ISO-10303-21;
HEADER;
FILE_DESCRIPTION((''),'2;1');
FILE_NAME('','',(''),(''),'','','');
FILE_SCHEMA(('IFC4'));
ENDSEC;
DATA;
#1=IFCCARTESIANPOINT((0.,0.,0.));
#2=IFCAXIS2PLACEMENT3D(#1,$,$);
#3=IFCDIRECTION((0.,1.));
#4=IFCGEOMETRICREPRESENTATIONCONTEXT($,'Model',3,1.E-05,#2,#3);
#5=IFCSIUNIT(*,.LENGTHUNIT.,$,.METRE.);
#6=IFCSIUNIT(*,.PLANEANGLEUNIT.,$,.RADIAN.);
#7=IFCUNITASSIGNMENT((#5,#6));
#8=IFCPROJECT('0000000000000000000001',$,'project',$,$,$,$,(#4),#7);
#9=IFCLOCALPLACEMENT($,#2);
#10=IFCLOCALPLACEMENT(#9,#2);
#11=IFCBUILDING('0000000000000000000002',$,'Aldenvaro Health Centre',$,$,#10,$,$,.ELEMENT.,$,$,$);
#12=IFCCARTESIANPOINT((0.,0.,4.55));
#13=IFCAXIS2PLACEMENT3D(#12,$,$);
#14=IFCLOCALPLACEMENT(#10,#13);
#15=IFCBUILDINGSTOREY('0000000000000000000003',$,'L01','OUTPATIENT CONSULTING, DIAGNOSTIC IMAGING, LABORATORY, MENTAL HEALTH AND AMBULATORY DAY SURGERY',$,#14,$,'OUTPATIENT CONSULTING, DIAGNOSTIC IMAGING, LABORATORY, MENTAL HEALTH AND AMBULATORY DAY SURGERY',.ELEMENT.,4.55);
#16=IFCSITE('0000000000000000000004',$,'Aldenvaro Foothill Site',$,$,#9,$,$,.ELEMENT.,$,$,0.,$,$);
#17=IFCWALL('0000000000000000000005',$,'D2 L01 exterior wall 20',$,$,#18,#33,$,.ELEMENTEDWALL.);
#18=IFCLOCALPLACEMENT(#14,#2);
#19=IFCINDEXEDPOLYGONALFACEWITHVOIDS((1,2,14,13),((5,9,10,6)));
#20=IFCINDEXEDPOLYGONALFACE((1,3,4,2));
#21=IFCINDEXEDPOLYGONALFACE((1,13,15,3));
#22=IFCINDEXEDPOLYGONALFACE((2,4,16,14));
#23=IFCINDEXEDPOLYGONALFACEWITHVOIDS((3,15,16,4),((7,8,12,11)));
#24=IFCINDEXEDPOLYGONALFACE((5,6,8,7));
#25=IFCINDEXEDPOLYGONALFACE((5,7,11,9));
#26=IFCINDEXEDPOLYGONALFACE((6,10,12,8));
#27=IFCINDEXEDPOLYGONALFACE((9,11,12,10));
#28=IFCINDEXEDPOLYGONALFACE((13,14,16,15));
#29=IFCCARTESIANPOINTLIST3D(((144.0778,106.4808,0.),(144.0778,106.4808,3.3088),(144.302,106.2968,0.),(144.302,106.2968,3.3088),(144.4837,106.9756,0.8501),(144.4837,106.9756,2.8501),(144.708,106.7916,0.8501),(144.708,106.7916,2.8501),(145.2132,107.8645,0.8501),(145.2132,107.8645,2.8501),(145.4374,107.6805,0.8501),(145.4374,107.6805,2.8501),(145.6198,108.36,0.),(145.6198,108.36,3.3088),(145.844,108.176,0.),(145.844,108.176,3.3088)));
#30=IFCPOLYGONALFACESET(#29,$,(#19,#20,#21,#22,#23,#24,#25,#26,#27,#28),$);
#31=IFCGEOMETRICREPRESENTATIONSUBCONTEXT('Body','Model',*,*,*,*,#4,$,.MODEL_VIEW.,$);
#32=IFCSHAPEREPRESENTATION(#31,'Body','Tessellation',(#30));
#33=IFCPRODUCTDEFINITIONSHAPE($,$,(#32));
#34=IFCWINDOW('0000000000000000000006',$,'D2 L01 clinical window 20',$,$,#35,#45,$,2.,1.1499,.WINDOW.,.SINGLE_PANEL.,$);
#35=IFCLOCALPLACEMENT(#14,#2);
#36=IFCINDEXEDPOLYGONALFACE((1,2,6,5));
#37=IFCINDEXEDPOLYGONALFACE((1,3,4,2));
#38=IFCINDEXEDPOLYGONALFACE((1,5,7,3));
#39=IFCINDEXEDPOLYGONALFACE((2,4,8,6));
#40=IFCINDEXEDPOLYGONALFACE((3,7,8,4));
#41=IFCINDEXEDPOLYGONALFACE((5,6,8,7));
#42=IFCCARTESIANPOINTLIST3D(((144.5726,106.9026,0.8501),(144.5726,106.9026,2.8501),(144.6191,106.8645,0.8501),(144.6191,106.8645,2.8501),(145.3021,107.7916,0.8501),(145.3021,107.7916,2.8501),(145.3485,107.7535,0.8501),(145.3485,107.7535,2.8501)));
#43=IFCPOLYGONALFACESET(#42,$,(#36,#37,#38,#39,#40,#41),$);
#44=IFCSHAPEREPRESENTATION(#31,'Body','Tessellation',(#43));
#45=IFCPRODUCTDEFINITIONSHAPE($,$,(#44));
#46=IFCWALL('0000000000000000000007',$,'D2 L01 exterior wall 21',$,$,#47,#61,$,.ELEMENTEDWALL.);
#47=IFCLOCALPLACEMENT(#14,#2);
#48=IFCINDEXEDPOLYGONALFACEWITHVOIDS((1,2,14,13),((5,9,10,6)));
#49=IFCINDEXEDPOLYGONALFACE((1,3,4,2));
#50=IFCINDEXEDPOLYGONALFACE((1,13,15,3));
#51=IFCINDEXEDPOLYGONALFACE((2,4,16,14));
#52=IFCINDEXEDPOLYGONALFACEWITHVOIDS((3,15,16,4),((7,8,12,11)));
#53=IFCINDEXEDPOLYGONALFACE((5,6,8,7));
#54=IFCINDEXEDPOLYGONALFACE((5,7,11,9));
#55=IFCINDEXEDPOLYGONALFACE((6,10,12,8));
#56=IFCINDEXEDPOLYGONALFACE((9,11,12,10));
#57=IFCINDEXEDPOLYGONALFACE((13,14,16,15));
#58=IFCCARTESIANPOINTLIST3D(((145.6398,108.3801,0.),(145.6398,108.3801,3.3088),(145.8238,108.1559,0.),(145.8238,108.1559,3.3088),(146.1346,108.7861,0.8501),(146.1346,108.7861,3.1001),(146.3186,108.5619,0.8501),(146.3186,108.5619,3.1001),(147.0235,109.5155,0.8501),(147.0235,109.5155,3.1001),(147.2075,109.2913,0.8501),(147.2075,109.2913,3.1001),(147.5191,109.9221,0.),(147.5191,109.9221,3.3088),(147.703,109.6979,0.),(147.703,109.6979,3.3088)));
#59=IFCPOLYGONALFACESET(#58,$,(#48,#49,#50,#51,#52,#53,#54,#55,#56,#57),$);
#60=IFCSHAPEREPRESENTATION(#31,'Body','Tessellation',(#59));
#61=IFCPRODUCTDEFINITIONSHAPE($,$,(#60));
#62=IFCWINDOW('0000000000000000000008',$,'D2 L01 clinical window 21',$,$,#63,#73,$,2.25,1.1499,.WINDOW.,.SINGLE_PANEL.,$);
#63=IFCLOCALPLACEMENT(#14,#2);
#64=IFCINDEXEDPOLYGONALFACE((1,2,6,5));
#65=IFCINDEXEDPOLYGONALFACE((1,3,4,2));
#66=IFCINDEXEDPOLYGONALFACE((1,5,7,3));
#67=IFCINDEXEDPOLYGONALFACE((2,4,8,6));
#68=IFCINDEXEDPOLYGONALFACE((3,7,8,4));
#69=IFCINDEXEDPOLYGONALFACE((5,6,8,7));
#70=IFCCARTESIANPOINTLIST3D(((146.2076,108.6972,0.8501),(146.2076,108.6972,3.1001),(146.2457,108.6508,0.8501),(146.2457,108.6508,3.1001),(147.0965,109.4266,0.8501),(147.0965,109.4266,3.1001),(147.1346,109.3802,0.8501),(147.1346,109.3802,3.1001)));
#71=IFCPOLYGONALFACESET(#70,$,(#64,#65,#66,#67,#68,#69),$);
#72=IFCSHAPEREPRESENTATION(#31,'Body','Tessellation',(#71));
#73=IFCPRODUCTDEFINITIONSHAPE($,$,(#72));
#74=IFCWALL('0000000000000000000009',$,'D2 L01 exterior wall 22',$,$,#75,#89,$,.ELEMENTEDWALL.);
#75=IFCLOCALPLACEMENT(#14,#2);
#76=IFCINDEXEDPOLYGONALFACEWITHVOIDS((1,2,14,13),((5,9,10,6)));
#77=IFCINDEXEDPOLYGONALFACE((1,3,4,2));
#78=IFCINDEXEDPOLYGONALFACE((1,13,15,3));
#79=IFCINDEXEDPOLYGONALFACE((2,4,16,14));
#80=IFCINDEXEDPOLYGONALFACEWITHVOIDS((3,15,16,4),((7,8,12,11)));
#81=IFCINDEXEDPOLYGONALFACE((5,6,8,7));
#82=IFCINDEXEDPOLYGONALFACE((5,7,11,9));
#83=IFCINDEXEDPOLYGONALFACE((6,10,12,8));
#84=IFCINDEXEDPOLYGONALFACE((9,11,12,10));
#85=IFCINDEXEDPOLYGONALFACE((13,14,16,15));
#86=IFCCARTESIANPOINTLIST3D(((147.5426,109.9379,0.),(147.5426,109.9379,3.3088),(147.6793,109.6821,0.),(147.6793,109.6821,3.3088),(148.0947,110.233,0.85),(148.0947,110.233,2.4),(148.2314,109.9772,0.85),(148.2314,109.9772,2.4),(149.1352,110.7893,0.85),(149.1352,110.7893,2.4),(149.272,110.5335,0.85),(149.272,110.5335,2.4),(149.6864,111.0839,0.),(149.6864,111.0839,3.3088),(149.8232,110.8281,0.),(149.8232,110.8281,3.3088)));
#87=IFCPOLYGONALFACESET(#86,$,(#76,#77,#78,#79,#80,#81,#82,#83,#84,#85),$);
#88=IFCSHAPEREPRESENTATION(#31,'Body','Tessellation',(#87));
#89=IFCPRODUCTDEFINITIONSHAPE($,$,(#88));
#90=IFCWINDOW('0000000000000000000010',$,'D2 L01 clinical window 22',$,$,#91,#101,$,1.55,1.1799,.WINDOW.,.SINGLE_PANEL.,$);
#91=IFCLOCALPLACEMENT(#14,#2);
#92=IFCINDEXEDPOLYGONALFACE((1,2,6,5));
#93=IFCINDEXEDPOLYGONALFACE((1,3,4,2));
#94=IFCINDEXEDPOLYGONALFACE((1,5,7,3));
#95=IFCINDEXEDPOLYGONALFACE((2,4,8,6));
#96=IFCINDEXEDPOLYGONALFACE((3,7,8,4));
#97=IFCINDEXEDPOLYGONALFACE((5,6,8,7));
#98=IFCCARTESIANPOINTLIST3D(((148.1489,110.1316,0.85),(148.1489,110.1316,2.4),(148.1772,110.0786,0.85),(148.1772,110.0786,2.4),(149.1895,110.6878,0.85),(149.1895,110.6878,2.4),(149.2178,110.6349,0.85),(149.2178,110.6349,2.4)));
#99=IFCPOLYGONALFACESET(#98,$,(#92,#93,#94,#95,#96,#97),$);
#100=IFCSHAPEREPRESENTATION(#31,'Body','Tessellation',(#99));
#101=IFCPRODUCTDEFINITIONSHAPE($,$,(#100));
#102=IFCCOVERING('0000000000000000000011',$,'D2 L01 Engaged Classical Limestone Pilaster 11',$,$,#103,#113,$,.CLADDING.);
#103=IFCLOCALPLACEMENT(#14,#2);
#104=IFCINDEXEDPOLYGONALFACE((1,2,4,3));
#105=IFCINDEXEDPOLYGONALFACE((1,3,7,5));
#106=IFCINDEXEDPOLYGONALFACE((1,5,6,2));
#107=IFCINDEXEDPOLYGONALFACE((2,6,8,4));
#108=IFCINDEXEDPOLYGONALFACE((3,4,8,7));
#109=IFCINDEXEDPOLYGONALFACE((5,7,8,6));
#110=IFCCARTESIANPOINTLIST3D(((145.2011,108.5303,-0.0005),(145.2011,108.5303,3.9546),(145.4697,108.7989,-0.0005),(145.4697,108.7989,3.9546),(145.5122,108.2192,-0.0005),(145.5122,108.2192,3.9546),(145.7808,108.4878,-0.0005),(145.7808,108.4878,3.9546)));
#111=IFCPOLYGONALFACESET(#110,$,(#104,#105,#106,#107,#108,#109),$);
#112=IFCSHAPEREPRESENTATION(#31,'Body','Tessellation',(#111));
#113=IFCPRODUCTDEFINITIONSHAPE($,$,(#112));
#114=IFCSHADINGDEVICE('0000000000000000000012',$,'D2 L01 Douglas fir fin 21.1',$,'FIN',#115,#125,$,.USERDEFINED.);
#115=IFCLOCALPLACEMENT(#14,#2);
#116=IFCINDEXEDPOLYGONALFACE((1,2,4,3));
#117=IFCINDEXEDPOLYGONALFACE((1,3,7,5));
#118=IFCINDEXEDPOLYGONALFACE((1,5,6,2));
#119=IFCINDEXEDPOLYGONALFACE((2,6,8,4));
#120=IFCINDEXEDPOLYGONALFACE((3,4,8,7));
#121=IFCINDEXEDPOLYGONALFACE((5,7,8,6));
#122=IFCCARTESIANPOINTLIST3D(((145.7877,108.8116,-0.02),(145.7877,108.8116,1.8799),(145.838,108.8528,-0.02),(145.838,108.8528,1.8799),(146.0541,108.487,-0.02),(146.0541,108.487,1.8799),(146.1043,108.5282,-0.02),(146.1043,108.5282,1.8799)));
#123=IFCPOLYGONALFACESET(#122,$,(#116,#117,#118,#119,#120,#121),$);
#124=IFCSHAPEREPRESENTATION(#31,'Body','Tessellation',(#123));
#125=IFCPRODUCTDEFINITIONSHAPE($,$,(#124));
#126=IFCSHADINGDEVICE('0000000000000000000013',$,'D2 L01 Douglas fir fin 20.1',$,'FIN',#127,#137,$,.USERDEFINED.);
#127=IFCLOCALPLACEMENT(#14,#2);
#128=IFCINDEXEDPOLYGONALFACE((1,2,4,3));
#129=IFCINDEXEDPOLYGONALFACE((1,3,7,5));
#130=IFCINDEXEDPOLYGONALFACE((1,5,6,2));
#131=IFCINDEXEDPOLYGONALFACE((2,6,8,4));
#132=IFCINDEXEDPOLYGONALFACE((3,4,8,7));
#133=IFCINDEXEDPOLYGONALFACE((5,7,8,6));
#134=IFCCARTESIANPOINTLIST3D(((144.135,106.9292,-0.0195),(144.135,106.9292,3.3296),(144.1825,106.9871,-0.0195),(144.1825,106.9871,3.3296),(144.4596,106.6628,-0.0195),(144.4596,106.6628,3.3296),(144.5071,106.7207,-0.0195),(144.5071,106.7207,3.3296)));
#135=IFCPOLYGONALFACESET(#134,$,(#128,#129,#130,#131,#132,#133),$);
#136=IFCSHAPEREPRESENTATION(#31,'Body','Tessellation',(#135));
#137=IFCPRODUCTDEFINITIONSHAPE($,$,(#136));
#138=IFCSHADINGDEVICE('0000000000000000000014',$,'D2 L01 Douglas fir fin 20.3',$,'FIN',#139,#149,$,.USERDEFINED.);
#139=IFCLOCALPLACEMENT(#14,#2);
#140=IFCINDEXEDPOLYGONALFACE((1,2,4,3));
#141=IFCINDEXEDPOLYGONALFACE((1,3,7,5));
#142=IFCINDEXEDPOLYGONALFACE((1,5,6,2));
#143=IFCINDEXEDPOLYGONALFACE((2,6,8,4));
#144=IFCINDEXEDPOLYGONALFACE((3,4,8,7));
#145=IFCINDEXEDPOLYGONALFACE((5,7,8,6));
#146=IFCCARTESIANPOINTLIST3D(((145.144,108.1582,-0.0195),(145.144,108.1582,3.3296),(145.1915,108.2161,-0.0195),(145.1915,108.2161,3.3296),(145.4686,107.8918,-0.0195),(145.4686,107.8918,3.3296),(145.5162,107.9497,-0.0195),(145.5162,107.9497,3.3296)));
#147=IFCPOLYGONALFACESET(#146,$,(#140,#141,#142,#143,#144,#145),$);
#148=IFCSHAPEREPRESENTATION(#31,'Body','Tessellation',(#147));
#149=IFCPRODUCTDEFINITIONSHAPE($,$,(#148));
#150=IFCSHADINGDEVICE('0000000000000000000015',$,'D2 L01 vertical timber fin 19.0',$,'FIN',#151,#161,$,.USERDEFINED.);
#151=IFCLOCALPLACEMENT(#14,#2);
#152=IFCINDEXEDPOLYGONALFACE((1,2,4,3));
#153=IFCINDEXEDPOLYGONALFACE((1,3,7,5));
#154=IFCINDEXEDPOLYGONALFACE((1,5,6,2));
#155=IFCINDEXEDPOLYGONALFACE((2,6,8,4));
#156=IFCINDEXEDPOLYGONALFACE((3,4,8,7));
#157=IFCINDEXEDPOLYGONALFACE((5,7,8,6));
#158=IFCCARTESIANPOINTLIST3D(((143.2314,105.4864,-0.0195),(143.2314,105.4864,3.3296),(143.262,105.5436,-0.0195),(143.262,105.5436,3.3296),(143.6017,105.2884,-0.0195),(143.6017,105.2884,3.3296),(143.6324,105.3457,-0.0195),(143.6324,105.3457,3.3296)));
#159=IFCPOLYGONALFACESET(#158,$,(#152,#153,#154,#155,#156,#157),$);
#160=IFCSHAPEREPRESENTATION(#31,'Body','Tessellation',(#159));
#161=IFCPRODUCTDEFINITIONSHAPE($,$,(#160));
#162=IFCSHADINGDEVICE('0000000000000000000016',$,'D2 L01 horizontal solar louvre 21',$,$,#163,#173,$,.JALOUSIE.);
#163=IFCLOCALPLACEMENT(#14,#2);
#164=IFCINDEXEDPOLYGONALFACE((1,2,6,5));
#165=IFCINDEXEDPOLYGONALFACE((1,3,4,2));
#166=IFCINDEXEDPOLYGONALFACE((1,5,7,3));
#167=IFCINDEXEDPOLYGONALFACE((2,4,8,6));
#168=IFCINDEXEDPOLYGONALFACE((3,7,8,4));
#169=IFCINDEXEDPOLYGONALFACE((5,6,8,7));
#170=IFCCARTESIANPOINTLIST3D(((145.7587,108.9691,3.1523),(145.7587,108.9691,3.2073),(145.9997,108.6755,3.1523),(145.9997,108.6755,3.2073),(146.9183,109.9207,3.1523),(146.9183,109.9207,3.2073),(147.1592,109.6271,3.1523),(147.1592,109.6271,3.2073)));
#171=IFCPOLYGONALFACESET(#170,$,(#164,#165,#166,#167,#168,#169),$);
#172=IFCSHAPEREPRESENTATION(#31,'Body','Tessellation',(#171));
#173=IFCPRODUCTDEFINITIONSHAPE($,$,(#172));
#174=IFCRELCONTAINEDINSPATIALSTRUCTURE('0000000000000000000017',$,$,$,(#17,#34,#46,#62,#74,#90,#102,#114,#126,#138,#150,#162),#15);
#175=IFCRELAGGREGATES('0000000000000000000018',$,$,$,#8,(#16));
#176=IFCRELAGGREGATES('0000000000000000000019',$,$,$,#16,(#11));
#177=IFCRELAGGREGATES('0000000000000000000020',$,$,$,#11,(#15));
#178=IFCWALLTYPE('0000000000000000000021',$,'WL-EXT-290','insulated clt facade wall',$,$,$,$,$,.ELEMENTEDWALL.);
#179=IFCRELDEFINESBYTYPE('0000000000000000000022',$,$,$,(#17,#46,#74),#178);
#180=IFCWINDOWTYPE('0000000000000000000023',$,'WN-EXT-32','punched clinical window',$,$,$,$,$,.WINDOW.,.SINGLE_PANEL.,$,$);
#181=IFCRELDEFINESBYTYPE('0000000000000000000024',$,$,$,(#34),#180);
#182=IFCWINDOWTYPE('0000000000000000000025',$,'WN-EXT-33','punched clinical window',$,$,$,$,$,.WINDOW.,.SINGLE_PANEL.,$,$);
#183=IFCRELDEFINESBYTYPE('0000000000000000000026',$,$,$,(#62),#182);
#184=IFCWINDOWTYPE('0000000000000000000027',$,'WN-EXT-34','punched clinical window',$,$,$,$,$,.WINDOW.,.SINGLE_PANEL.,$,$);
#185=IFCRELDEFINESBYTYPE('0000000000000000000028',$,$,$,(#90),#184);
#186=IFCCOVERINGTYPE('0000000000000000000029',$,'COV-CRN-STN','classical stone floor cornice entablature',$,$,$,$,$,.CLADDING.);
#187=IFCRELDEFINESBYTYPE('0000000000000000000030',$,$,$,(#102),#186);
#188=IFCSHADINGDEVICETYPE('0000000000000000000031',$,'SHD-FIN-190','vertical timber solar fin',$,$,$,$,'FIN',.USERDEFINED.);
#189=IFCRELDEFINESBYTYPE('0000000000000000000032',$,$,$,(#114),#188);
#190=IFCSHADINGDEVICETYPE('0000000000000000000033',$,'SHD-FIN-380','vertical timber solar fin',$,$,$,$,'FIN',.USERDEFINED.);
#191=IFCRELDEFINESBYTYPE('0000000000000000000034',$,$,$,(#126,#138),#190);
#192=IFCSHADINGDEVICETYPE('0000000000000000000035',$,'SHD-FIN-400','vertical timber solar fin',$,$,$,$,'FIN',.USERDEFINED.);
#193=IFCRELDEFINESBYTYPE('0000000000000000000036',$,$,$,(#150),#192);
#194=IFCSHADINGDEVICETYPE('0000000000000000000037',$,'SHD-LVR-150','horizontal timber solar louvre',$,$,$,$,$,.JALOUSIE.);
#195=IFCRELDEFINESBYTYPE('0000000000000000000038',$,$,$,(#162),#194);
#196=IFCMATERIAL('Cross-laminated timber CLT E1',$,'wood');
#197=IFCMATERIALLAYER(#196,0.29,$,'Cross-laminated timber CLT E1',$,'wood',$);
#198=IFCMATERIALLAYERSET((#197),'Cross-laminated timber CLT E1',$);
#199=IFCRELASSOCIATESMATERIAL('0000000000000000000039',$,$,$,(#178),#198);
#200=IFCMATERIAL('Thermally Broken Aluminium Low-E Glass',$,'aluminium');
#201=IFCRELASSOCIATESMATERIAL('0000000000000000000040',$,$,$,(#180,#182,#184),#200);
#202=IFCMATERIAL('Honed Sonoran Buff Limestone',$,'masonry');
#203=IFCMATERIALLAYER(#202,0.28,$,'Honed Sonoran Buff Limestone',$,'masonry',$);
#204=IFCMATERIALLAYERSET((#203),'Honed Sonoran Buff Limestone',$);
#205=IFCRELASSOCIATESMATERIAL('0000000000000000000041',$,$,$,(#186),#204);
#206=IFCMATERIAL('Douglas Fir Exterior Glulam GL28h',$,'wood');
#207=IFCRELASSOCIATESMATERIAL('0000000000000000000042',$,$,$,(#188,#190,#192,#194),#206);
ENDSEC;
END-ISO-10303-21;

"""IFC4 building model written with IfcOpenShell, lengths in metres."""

from ifc_helpers import new_model, si_unit, direction, frame, frame_2d, origin, origin_2d, place, context, subcontext, project, spatial, rectangle, extrude, material, layer, layer_set, type_object, element, fill, save


model = new_model("IFC4")

# Units and contexts
model_context = context("Model", 3, precision=1e-05, world=origin(), true_north=direction((0.0, 1.0)))
body_context = subcontext(model_context, "Body", "Model", "MODEL_VIEW")
ifc_project = project(units=[si_unit("LENGTHUNIT", "METRE"), si_unit("PLANEANGLEUNIT", "RADIAN")], contexts=[model_context])

# Site, building, storey
site_placement = place(None, origin())
site = spatial("IfcSite", under=ifc_project, at=site_placement, Name="Aldenvaro Foothill Site", CompositionType="ELEMENT", RefElevation=0.0)
building_placement = place(site_placement, origin())
building = spatial("IfcBuilding", under=site, at=building_placement, Name="Aldenvaro Health Centre", CompositionType="ELEMENT")
storey_placement = place(building_placement, frame((0.0, 0.0, 4.55)))
storey = spatial("IfcBuildingStorey", under=building, at=storey_placement, Name="L01", Description="OUTPATIENT CONSULTING, DIAGNOSTIC IMAGING, LABORATORY, MENTAL HEALTH AND AMBULATORY DAY SURGERY", LongName="OUTPATIENT CONSULTING, DIAGNOSTIC IMAGING, LABORATORY, MENTAL HEALTH AND AMBULATORY DAY SURGERY", CompositionType="ELEMENT", Elevation=4.55)

# Walls, openings, windows
ifc_material_1 = material(Name="Cross-laminated timber CLT E1", Category="wood")
ifc_layer_1 = layer(ifc_material_1, 0.29, Name="Cross-laminated timber CLT E1", Category="wood")
ifc_layer_set_1 = layer_set([ifc_layer_1], Name="Cross-laminated timber CLT E1")
wall_type = type_object("IfcWallType", Name="WL-EXT-290", Description="insulated clt facade wall", PredefinedType="ELEMENTEDWALL", material=ifc_layer_set_1)
wall_1_placement = place(storey_placement, frame((144.1899, 106.3889, 0.0), z_axis=(0.0, 0.0, 1.0), x_axis=(0.634347, 0.773048, 0.0)))
wall_1 = element("IfcWall", 1, at=wall_1_placement, inside=storey, type_object=wall_type, Name="D2 L01 exterior wall 20", PredefinedType="ELEMENTEDWALL", context=body_context, shape_type="SweptSolid", body=[
    extrude(rectangle(XDim=2.4309, YDim=0.29, at=frame_2d((1.2153, 0.0))), origin(), (0.0, 0.0, 1.0), 3.3088),
])
opening_1_placement = place(wall_1_placement, frame((0.6399, 0.0, 0.8501)))
opening_1 = element("IfcOpeningElement", 2, at=opening_1_placement, cuts=wall_1, PredefinedType="OPENING", context=body_context, shape_type="SweptSolid", body=[
    extrude(rectangle(XDim=1.1499, YDim=2.0, at=frame_2d((0.575, 1.0))), frame((0.0, 0.155, 0.0), z_axis=(0.0, -1.0, 0.0), x_axis=(1.0, 0.0, 0.0)), (0.0, 0.0, 1.0), 0.3101),
])
ifc_material_2 = material(Name="Thermally Broken Aluminium Low-E Glass", Category="aluminium")
window_type_1 = type_object("IfcWindowType", Name="WN-EXT-32", Description="punched clinical window", PartitioningType="SINGLE_PANEL", PredefinedType="WINDOW", material=ifc_material_2)
window_1_placement = place(opening_1_placement, origin())
window_1 = element("IfcWindow", 3, at=window_1_placement, inside=storey, type_object=window_type_1, Name="D2 L01 clinical window 20", OverallHeight=2.0, OverallWidth=1.1499, PartitioningType="SINGLE_PANEL", PredefinedType="WINDOW", context=body_context, shape_type="SweptSolid", body=[
    extrude(rectangle(XDim=1.1499, YDim=2.0, at=frame_2d((0.575, 1.0))), frame((0.0, 0.03, 0.0), z_axis=(0.0, -1.0, 0.0), x_axis=(1.0, 0.0, 0.0)), (0.0, 0.0, 1.0), 0.0601),
])
fill(opening_1, window_1)
wall_2_placement = place(storey_placement, frame((145.7319, 108.2681, 0.0), z_axis=(0.0, 0.0, 1.0), x_axis=(0.773048, 0.634347, 0.0)))
wall_2 = element("IfcWall", 4, at=wall_2_placement, inside=storey, type_object=wall_type, Name="D2 L01 exterior wall 21", PredefinedType="ELEMENTEDWALL", context=body_context, shape_type="SweptSolid", body=[
    extrude(rectangle(XDim=2.4309, YDim=0.29, at=frame_2d((1.2153, 0.0))), origin(), (0.0, 0.0, 1.0), 3.3088),
])
opening_2_placement = place(wall_2_placement, frame((0.6399, 0.0, 0.8501)))
opening_2 = element("IfcOpeningElement", 5, at=opening_2_placement, cuts=wall_2, PredefinedType="OPENING", context=body_context, shape_type="SweptSolid", body=[
    extrude(rectangle(XDim=1.1499, YDim=2.25, at=frame_2d((0.575, 1.125))), frame((0.0, 0.155, 0.0), z_axis=(0.0, -1.0, 0.0), x_axis=(1.0, 0.0, 0.0)), (0.0, 0.0, 1.0), 0.3101),
])
window_type_2 = type_object("IfcWindowType", Name="WN-EXT-33", Description="punched clinical window", PartitioningType="SINGLE_PANEL", PredefinedType="WINDOW", material=ifc_material_2)
window_2_placement = place(opening_2_placement, origin())
window_2 = element("IfcWindow", 6, at=window_2_placement, inside=storey, type_object=window_type_2, Name="D2 L01 clinical window 21", OverallHeight=2.25, OverallWidth=1.1499, PartitioningType="SINGLE_PANEL", PredefinedType="WINDOW", context=body_context, shape_type="SweptSolid", body=[
    extrude(rectangle(XDim=1.1499, YDim=2.25, at=frame_2d((0.575, 1.125))), frame((0.0, 0.03, 0.0), z_axis=(0.0, -1.0, 0.0), x_axis=(1.0, 0.0, 0.0)), (0.0, 0.0, 1.0), 0.0601),
])
fill(opening_2, window_2)
wall_3_placement = place(storey_placement, frame((147.6111, 109.8101, 0.0), z_axis=(0.0, 0.0, 1.0), x_axis=(0.881902, 0.471432, 0.0)))
wall_3 = element("IfcWall", 7, at=wall_3_placement, inside=storey, type_object=wall_type, Name="D2 L01 exterior wall 22", PredefinedType="ELEMENTEDWALL", context=body_context, shape_type="SweptSolid", body=[
    extrude(rectangle(XDim=2.4309, YDim=0.29, at=frame_2d((1.2153, 0.0))), origin(), (0.0, 0.0, 1.0), 3.3088),
])
opening_3_placement = place(wall_3_placement, frame((0.626, 0.0, 0.8501)))
opening_3 = element("IfcOpeningElement", 8, at=opening_3_placement, cuts=wall_3, PredefinedType="OPENING", context=body_context, shape_type="SweptSolid", body=[
    extrude(rectangle(XDim=1.1799, YDim=1.55, at=frame_2d((0.5898, 0.7749))), frame((0.0, 0.155, 0.0), z_axis=(0.0, -1.0, 0.0), x_axis=(1.0, 0.0, 0.0)), (0.0, 0.0, 1.0), 0.3101),
])
window_type_3 = type_object("IfcWindowType", Name="WN-EXT-34", Description="punched clinical window", PartitioningType="SINGLE_PANEL", PredefinedType="WINDOW", material=ifc_material_2)
window_3_placement = place(opening_3_placement, origin())
window_3 = element("IfcWindow", 9, at=window_3_placement, inside=storey, type_object=window_type_3, Name="D2 L01 clinical window 22", OverallHeight=1.55, OverallWidth=1.1799, PartitioningType="SINGLE_PANEL", PredefinedType="WINDOW", context=body_context, shape_type="SweptSolid", body=[
    extrude(rectangle(XDim=1.1799, YDim=1.55, at=frame_2d((0.5898, 0.7749))), frame((0.0, 0.03, 0.0), z_axis=(0.0, -1.0, 0.0), x_axis=(1.0, 0.0, 0.0)), (0.0, 0.0, 1.0), 0.0601),
])
fill(opening_3, window_3)

# Covering
ifc_material_3 = material(Name="Honed Sonoran Buff Limestone", Category="masonry")
ifc_layer_2 = layer(ifc_material_3, 0.28, Name="Honed Sonoran Buff Limestone", Category="masonry")
ifc_layer_set_2 = layer_set([ifc_layer_2], Name="Honed Sonoran Buff Limestone")
covering_type = type_object("IfcCoveringType", Name="COV-CRN-STN", Description="classical stone floor cornice entablature", PredefinedType="CLADDING", material=ifc_layer_set_2)
covering_placement = place(storey_placement, frame((145.491, 108.509, -0.0005), z_axis=(0.0, 0.0, 1.0), x_axis=(-0.707107, 0.707107, 0.0)))
element("IfcCovering", 10, at=covering_placement, inside=storey, type_object=covering_type, Name="D2 L01 Engaged Classical Limestone Pilaster 11", PredefinedType="CLADDING", context=body_context, shape_type="SweptSolid", body=[
    extrude(rectangle(XDim=0.4399, YDim=0.3799, at=origin_2d()), origin(), (0.0, 0.0, 1.0), 3.9551),
])

# Shading devices
ifc_material_4 = material(Name="Douglas Fir Exterior Glulam GL28h", Category="wood")
shading_device_type_1 = type_object("IfcShadingDeviceType", Name="SHD-FIN-190", Description="vertical timber solar fin", ElementType="FIN", PredefinedType="USERDEFINED", material=ifc_material_4)
shading_device_1_placement = place(storey_placement, frame((145.946, 108.6699, -0.02), z_axis=(0.0, 0.0, 1.0), x_axis=(0.773022, 0.63438, 0.0)))
element("IfcShadingDevice", 11, at=shading_device_1_placement, inside=storey, type_object=shading_device_type_1, Name="D2 L01 Douglas fir fin 21.1", ObjectType="FIN", PredefinedType="USERDEFINED", context=body_context, shape_type="SweptSolid", body=[
    extrude(rectangle(XDim=0.0649, YDim=0.4199, at=origin_2d()), origin(), (0.0, 0.0, 1.0), 1.8999),
])
shading_device_type_2 = type_object("IfcShadingDeviceType", Name="SHD-FIN-380", Description="vertical timber solar fin", ElementType="FIN", PredefinedType="USERDEFINED", material=ifc_material_4)
for number, where, z_axis, x_axis, name in (
    (12, (144.321, 106.825, -0.0195), (0.0, 0.0, 1.0), (0.63438, 0.773022, 0.0), "D2 L01 Douglas fir fin 20.1"),
    (13, (145.3301, 108.054, -0.0195), (0.0, 0.0, 1.0), (0.63438, 0.773022, 0.0), "D2 L01 Douglas fir fin 20.3"),
):
    element("IfcShadingDevice", number, at=place(storey_placement, frame(where, z_axis=z_axis, x_axis=x_axis)), inside=storey, type_object=shading_device_type_2, Name=name, ObjectType="FIN", PredefinedType="USERDEFINED", context=body_context, shape_type="SweptSolid", body=[
        extrude(rectangle(XDim=0.075, YDim=0.4199, at=origin_2d()), origin(), (0.0, 0.0, 1.0), 3.3491),
    ])
shading_device_type_3 = type_object("IfcShadingDeviceType", Name="SHD-FIN-400", Description="vertical timber solar fin", ElementType="FIN", PredefinedType="USERDEFINED", material=ifc_material_4)
shading_device_2_placement = place(storey_placement, frame((143.4319, 105.416, -0.0195), z_axis=(0.0, 0.0, 1.0), x_axis=(0.471399, 0.88192, 0.0)))
element("IfcShadingDevice", 14, at=shading_device_2_placement, inside=storey, type_object=shading_device_type_3, Name="D2 L01 vertical timber fin 19.0", ObjectType="FIN", PredefinedType="USERDEFINED", context=body_context, shape_type="SweptSolid", body=[
    extrude(rectangle(XDim=0.0649, YDim=0.4199, at=origin_2d()), origin(), (0.0, 0.0, 1.0), 3.3491),
])
shading_device_type_4 = type_object("IfcShadingDeviceType", Name="SHD-LVR-150", Description="horizontal timber solar louvre", PredefinedType="JALOUSIE", material=ifc_material_4)
shading_device_3_placement = place(storey_placement, frame((146.459, 109.2981, 3.1523), z_axis=(0.0, 0.0, 1.0), x_axis=(0.773022, 0.63438, 0.0)))
element("IfcShadingDevice", 15, at=shading_device_3_placement, inside=storey, type_object=shading_device_type_4, Name="D2 L01 horizontal solar louvre 21", PredefinedType="JALOUSIE", context=body_context, shape_type="SweptSolid", body=[
    extrude(rectangle(XDim=1.5, YDim=0.3799, at=origin_2d()), origin(), (0.0, 0.0, 1.0), 0.0549),
])

save(model, "model.ifc")
